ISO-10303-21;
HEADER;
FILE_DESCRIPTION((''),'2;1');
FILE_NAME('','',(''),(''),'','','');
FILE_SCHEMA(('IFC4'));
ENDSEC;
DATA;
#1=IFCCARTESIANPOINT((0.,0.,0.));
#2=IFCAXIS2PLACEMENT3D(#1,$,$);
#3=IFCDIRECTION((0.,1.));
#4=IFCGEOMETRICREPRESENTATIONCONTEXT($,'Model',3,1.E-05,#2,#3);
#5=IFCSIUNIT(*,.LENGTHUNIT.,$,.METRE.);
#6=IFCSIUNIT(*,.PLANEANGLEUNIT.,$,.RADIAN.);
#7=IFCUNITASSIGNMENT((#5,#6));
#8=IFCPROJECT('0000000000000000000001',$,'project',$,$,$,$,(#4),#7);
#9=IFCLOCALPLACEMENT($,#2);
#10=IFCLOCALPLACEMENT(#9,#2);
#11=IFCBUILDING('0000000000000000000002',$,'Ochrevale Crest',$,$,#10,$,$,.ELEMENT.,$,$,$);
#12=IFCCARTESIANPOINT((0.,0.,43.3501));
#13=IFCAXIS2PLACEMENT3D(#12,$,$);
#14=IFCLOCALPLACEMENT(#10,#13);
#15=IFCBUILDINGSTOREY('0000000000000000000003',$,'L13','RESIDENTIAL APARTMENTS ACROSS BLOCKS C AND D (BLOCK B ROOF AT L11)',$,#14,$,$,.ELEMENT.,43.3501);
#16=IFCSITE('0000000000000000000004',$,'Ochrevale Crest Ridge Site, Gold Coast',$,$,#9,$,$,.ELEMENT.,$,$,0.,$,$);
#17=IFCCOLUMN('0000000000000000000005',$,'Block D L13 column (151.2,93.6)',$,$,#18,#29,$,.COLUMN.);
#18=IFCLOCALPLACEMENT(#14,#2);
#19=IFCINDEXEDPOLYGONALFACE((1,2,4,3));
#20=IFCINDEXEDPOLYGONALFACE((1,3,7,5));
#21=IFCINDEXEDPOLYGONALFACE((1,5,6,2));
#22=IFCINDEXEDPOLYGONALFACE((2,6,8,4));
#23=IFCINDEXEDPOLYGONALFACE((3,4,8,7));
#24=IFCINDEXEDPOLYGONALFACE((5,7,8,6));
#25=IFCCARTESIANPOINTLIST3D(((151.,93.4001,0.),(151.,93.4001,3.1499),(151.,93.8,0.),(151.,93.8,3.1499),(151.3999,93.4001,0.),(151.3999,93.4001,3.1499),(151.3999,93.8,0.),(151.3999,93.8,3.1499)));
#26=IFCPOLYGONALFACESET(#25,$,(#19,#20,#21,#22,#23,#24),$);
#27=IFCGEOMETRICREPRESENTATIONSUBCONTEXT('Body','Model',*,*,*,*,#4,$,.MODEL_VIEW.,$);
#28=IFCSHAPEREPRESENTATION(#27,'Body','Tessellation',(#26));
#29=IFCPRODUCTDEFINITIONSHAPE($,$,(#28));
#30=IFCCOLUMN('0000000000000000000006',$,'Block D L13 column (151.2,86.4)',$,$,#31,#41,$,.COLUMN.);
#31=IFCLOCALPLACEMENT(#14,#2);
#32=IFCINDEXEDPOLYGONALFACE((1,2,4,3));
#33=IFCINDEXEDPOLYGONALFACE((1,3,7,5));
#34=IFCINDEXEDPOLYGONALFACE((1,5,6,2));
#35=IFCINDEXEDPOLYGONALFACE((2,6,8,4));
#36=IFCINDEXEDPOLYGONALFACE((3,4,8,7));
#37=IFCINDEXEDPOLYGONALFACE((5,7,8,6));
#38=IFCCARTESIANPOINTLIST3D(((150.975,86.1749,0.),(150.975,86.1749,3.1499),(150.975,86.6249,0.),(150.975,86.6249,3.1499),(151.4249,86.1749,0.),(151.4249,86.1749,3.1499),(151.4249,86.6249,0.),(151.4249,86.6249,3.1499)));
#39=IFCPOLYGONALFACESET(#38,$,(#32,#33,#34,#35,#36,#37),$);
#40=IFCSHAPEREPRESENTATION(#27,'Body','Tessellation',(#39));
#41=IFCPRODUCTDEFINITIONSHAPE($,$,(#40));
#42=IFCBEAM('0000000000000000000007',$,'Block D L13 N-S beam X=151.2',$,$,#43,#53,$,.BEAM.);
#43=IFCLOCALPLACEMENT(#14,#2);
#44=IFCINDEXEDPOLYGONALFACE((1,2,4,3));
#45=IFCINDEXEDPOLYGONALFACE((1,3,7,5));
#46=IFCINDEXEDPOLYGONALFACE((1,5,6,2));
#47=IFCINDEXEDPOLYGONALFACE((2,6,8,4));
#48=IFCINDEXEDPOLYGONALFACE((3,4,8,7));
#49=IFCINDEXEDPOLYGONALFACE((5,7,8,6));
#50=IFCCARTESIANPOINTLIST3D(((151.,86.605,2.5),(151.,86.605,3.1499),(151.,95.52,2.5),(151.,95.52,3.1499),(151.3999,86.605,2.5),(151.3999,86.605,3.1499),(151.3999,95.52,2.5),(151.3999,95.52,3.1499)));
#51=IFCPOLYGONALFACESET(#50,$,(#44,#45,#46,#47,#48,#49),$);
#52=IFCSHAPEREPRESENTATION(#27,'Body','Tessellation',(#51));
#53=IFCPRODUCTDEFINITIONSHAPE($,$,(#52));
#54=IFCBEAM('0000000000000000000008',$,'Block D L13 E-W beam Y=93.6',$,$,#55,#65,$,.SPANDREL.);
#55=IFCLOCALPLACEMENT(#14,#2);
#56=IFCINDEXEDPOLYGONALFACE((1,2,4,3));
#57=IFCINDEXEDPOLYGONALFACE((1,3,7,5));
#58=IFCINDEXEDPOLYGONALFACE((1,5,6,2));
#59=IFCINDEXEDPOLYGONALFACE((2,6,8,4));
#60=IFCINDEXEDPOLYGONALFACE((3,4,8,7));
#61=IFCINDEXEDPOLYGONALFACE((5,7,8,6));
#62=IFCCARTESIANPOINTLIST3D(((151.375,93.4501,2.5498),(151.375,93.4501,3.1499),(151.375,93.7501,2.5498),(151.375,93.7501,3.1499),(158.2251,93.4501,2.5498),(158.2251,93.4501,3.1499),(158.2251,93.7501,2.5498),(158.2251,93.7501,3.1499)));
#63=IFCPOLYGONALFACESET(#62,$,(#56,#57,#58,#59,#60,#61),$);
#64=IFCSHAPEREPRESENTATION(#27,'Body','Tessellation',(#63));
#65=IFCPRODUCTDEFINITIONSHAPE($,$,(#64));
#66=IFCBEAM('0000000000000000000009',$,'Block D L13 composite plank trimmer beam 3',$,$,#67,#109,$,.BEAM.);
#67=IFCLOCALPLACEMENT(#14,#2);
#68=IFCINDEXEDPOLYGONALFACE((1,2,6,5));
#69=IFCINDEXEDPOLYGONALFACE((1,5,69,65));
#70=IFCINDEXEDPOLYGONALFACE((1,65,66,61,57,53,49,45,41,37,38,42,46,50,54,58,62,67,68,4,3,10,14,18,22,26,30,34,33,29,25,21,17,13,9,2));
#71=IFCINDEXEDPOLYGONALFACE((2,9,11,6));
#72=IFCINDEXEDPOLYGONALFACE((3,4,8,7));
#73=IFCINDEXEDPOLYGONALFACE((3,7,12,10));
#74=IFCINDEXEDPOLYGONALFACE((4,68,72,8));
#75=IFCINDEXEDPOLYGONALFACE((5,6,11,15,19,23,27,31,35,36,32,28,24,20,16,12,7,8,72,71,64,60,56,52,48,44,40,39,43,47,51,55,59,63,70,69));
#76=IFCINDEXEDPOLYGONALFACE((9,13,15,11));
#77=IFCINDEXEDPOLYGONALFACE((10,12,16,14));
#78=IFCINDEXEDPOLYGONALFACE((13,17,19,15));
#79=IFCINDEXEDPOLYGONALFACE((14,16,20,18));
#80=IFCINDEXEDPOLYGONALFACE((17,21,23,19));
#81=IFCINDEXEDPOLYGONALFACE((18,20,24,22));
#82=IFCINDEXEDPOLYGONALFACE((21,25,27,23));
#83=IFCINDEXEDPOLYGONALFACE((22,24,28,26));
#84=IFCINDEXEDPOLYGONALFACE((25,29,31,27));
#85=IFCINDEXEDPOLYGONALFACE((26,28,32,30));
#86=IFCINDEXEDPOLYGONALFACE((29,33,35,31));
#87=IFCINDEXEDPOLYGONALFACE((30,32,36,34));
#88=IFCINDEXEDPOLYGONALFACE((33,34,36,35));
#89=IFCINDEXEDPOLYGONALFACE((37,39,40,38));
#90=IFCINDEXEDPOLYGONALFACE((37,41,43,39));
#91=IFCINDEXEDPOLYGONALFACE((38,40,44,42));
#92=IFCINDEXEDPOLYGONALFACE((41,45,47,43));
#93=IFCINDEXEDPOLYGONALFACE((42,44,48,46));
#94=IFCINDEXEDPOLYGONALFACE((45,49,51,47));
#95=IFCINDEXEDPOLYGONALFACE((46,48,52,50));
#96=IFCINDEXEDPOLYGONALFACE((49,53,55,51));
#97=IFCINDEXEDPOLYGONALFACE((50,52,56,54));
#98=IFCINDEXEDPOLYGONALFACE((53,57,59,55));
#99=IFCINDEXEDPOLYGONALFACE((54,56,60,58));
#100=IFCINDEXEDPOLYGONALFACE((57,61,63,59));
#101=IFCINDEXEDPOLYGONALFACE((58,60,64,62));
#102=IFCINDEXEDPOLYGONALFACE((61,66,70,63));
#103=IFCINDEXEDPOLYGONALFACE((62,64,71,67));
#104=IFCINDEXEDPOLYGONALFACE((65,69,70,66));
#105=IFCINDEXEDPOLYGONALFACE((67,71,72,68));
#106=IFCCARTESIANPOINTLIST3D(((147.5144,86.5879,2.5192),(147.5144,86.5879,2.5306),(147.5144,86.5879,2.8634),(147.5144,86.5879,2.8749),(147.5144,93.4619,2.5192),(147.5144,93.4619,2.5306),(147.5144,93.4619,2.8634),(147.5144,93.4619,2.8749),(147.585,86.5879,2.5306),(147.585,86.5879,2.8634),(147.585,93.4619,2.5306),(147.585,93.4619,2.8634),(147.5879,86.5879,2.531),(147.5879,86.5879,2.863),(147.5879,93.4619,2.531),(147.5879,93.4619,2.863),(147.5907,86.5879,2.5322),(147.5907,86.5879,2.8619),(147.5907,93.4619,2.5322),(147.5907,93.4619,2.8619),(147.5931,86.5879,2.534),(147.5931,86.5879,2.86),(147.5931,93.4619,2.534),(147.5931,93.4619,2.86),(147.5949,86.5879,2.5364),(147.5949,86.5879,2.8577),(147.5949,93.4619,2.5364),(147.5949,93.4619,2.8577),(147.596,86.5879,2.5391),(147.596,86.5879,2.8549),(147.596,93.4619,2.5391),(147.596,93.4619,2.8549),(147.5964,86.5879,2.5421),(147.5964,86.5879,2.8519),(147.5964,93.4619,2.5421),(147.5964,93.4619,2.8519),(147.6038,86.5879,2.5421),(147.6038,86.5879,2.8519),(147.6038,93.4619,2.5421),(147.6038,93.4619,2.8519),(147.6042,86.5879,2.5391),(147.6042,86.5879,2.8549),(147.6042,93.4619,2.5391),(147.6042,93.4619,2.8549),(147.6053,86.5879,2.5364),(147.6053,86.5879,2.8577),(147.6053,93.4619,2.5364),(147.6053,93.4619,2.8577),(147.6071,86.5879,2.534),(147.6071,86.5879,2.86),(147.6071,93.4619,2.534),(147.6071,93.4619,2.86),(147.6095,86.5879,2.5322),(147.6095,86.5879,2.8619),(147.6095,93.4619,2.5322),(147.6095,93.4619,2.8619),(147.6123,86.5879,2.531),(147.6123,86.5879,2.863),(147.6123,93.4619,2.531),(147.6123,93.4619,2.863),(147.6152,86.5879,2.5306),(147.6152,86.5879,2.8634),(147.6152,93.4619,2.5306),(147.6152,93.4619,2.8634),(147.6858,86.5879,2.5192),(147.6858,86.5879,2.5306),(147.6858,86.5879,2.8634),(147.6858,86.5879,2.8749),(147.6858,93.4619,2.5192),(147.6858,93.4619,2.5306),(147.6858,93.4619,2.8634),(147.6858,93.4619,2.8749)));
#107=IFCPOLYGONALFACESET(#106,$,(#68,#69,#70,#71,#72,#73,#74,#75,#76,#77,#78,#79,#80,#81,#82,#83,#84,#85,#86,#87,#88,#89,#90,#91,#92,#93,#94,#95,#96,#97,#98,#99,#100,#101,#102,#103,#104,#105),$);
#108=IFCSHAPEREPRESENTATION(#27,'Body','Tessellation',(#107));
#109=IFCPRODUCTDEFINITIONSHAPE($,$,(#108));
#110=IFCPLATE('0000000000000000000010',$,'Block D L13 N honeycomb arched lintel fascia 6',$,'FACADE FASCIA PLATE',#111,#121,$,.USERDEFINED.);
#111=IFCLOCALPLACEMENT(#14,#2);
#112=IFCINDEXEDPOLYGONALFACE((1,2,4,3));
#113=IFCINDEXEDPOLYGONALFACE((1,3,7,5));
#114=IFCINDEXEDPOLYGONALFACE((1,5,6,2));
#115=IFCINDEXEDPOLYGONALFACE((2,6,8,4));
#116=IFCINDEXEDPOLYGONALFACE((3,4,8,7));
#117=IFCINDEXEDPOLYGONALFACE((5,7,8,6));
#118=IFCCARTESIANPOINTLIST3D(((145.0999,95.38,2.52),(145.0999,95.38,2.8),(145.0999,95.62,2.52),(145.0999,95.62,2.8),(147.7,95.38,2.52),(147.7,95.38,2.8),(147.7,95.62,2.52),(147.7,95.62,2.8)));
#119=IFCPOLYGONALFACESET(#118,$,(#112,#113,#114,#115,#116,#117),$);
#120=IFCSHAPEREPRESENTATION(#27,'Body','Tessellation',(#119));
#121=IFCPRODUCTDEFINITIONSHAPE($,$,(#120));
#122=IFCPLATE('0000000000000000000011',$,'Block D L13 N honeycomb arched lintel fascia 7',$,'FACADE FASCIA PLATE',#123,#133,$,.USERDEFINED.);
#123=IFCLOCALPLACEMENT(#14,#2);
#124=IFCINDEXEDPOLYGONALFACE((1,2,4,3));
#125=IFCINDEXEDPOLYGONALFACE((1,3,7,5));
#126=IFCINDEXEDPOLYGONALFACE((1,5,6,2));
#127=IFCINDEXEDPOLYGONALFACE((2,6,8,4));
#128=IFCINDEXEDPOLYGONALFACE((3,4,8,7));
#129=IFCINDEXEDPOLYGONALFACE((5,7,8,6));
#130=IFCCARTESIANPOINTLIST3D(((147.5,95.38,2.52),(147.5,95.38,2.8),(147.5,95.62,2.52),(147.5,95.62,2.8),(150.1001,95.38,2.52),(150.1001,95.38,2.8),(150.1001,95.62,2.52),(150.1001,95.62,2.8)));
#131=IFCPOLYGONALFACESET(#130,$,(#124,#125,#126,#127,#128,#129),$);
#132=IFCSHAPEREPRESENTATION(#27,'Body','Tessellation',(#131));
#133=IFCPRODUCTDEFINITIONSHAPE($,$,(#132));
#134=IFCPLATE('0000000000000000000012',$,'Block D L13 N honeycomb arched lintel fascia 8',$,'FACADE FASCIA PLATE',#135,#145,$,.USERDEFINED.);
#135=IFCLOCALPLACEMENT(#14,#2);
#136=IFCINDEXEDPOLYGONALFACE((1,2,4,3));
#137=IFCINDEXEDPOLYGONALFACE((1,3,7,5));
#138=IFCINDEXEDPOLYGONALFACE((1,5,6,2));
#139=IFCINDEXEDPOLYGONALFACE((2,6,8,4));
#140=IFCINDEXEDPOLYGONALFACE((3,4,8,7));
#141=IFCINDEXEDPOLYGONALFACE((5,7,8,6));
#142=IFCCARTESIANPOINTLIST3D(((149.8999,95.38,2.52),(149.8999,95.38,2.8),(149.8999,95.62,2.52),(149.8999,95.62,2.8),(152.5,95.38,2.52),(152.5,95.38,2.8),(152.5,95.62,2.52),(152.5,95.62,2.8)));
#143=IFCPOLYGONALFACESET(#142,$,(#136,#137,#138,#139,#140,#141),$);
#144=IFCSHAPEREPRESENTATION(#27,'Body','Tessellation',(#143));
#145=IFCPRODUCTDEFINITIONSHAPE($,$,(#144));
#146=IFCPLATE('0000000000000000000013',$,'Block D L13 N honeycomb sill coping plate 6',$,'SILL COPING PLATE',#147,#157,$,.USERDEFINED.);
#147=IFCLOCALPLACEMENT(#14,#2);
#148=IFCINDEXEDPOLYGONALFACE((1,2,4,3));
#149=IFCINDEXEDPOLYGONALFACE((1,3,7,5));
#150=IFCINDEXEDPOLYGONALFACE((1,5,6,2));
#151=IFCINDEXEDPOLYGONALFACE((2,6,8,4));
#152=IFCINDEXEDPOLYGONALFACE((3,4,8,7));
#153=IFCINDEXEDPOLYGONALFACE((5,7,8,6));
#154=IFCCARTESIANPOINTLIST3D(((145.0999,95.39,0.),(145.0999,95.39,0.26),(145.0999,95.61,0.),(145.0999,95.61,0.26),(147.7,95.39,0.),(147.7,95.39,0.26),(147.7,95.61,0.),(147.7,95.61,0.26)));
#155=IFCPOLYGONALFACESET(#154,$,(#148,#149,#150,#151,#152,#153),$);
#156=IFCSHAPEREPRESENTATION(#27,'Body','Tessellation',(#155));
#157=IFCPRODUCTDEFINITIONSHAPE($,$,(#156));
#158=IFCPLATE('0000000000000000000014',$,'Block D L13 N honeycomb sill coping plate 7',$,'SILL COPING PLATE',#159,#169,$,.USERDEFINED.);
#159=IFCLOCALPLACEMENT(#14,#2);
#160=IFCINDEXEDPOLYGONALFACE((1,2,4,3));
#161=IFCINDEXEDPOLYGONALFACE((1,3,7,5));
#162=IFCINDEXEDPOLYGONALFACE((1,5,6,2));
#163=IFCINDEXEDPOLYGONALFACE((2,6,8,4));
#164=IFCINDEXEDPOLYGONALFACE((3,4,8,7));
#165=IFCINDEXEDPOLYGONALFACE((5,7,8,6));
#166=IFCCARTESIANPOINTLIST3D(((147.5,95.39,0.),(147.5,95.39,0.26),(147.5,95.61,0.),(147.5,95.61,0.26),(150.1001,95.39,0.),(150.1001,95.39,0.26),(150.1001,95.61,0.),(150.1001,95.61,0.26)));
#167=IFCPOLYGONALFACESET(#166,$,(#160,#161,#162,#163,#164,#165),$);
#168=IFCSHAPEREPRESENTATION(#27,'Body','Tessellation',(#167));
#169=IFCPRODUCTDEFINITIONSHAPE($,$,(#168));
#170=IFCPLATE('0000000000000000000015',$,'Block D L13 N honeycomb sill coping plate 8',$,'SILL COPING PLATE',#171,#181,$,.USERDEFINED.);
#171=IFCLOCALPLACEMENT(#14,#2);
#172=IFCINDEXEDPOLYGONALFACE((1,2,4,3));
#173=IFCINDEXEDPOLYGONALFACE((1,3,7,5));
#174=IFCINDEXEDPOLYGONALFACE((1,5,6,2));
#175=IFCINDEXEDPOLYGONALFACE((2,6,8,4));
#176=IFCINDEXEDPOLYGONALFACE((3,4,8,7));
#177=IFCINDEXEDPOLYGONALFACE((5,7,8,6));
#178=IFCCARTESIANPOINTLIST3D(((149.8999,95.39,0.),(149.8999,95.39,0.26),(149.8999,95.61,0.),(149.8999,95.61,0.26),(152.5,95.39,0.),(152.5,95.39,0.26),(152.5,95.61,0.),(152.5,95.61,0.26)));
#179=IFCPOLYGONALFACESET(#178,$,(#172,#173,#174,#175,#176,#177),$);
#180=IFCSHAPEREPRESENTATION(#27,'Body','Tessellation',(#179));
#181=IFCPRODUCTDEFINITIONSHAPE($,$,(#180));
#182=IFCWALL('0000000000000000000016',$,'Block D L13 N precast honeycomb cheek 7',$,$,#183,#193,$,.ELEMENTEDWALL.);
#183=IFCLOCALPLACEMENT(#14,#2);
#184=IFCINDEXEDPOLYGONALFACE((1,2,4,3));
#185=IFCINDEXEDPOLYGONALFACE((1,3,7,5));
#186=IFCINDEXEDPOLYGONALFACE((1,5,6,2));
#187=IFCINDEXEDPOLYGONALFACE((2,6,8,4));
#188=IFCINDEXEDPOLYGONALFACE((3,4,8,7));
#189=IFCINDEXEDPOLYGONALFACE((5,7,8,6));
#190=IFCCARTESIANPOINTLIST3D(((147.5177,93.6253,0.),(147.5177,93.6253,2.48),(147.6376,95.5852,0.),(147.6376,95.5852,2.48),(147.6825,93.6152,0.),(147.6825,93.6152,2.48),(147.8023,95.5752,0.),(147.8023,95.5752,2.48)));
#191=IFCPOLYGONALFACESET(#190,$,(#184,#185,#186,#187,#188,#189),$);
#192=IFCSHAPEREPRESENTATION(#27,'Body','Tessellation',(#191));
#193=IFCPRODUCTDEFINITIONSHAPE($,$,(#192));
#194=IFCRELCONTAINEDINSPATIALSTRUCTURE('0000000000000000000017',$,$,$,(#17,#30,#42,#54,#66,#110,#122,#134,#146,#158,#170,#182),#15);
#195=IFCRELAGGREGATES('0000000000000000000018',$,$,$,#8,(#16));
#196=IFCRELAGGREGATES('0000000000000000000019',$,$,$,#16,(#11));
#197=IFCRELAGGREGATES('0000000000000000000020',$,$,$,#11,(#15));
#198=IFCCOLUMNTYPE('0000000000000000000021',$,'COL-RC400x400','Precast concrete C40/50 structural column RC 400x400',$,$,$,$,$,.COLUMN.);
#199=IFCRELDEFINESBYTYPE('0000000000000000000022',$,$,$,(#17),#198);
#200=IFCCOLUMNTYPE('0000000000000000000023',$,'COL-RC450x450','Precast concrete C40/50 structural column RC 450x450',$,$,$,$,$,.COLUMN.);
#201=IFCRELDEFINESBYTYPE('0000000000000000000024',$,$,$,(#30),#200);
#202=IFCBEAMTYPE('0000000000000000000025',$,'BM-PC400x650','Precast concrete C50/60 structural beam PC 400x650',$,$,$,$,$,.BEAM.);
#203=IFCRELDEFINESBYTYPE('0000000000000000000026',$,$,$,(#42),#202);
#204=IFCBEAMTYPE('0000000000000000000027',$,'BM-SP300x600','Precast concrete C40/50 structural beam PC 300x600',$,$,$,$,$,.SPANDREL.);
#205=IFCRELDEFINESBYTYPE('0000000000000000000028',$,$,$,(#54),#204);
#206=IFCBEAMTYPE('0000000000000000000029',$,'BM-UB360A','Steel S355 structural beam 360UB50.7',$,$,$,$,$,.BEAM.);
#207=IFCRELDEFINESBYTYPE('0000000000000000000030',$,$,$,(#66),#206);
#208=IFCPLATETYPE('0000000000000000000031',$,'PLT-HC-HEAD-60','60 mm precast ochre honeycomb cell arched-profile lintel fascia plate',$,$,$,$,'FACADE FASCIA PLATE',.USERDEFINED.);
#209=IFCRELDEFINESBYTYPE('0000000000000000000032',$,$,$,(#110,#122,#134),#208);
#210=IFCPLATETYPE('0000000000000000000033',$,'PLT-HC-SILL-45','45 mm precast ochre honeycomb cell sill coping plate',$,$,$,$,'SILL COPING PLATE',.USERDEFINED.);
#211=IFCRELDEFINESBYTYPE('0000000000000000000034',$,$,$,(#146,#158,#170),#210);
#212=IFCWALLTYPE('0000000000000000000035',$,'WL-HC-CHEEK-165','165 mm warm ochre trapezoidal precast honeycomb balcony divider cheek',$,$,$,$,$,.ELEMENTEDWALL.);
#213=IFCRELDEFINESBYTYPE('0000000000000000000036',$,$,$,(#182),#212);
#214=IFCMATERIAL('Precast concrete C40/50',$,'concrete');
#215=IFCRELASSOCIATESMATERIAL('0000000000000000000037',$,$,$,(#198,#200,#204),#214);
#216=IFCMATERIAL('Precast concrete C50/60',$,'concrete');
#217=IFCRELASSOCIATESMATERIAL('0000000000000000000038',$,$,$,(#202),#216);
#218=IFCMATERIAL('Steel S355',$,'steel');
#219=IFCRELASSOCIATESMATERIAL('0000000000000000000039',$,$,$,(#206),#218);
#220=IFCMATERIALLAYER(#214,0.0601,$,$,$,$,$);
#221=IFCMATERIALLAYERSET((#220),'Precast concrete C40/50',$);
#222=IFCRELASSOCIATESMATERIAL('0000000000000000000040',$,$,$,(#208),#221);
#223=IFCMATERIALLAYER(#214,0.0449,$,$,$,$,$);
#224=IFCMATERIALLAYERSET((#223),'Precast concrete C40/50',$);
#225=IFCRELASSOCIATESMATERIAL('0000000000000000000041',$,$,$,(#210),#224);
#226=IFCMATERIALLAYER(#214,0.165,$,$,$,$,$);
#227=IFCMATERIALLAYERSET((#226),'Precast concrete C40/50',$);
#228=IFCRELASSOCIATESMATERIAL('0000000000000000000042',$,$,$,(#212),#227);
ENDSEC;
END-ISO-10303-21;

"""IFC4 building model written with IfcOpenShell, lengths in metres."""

from ifc_helpers import new_model, si_unit, direction, frame, frame_2d, origin, origin_2d, place, context, subcontext, project, spatial, rectangle, i_section, extrude, material, layer, layer_set, material_profile, profile_set, type_object, element, save


model = new_model("IFC4")

# Units and contexts
model_context = context("Model", 3, precision=1e-05, world=origin(), true_north=direction((0.0, 1.0)))
body_context = subcontext(model_context, "Body", "Model", "MODEL_VIEW")
ifc_project = project(units=[si_unit("LENGTHUNIT", "METRE"), si_unit("PLANEANGLEUNIT", "RADIAN")], contexts=[model_context])

# Site, building, storey
site_placement = place(None, origin())
site = spatial("IfcSite", under=ifc_project, at=site_placement, Name="Ochrevale Crest Ridge Site, Gold Coast", CompositionType="ELEMENT", RefElevation=0.0)
building_placement = place(site_placement, origin())
building = spatial("IfcBuilding", under=site, at=building_placement, Name="Ochrevale Crest", CompositionType="ELEMENT")
storey_placement = place(building_placement, frame((0.0, 0.0, 43.3501)))
storey = spatial("IfcBuildingStorey", under=building, at=storey_placement, Name="L13", Description="RESIDENTIAL APARTMENTS ACROSS BLOCKS C AND D (BLOCK B ROOF AT L11)", CompositionType="ELEMENT", Elevation=43.3501)

# Columns
ifc_material_1 = material(Name="Precast concrete C40/50", Category="concrete")
ifc_material_profile_1 = material_profile(ifc_material_1, rectangle(XDim=0.3999, YDim=0.3999, at=origin_2d()), Name="RC 400x400")
ifc_profile_set_1 = profile_set([ifc_material_profile_1], Name="Precast concrete C40/50")
column_type_1 = type_object("IfcColumnType", Name="COL-RC400x400", Description="Precast concrete C40/50 structural column RC 400x400", PredefinedType="COLUMN", material=ifc_profile_set_1)
column_1_placement = place(storey_placement, frame((151.2, 93.6001, 0.0), z_axis=(0.0, 0.0, 1.0), x_axis=(1.0, 0.0, 0.0)))
element("IfcColumn", 1, at=column_1_placement, inside=storey, type_object=column_type_1, Name="Block D L13 column (151.2,93.6)", PredefinedType="COLUMN", context=body_context, shape_type="SweptSolid", body=[
    extrude(rectangle(XDim=0.3999, YDim=0.3999, at=origin_2d()), origin(), (0.0, 0.0, 1.0), 3.1499),
])
ifc_material_profile_2 = material_profile(ifc_material_1, rectangle(XDim=0.45, YDim=0.45, at=origin_2d()), Name="RC 450x450")
ifc_profile_set_2 = profile_set([ifc_material_profile_2], Name="Precast concrete C40/50")
column_type_2 = type_object("IfcColumnType", Name="COL-RC450x450", Description="Precast concrete C40/50 structural column RC 450x450", PredefinedType="COLUMN", material=ifc_profile_set_2)
column_2_placement = place(storey_placement, frame((151.2, 86.3999, 0.0), z_axis=(0.0, 0.0, 1.0), x_axis=(1.0, 0.0, 0.0)))
element("IfcColumn", 2, at=column_2_placement, inside=storey, type_object=column_type_2, Name="Block D L13 column (151.2,86.4)", PredefinedType="COLUMN", context=body_context, shape_type="SweptSolid", body=[
    extrude(rectangle(XDim=0.45, YDim=0.45, at=origin_2d()), origin(), (0.0, 0.0, 1.0), 3.1499),
])

# Beams
ifc_material_2 = material(Name="Precast concrete C50/60", Category="concrete")
ifc_material_profile_3 = material_profile(ifc_material_2, rectangle(XDim=0.3999, YDim=0.6499, at=origin_2d()), Name="PC 400x650")
ifc_profile_set_3 = profile_set([ifc_material_profile_3], Name="Precast concrete C50/60")
beam_type_1 = type_object("IfcBeamType", Name="BM-PC400x650", Description="Precast concrete C50/60 structural beam PC 400x650", PredefinedType="BEAM", material=ifc_profile_set_3)
beam_1_placement = place(storey_placement, frame((151.2, 86.605, 2.825), z_axis=(0.0, 1.0, 0.0), x_axis=(-1.0, 0.0, 0.0)))
element("IfcBeam", 3, at=beam_1_placement, inside=storey, type_object=beam_type_1, Name="Block D L13 N-S beam X=151.2", PredefinedType="BEAM", context=body_context, shape_type="SweptSolid", body=[
    extrude(rectangle(XDim=0.3999, YDim=0.6499, at=origin_2d()), origin(), (0.0, 0.0, 1.0), 8.915),
])
ifc_material_profile_4 = material_profile(ifc_material_1, rectangle(XDim=0.3, YDim=0.6001, at=origin_2d()), Name="PC 300x600")
ifc_profile_set_4 = profile_set([ifc_material_profile_4], Name="Precast concrete C40/50")
beam_type_2 = type_object("IfcBeamType", Name="BM-SP300x600", Description="Precast concrete C40/50 structural beam PC 300x600", PredefinedType="SPANDREL", material=ifc_profile_set_4)
beam_2_placement = place(storey_placement, frame((151.375, 93.6001, 2.8499), z_axis=(1.0, 0.0, 0.0), x_axis=(0.0, 1.0, 0.0)))
element("IfcBeam", 4, at=beam_2_placement, inside=storey, type_object=beam_type_2, Name="Block D L13 E-W beam Y=93.6", PredefinedType="SPANDREL", context=body_context, shape_type="SweptSolid", body=[
    extrude(rectangle(XDim=0.3, YDim=0.6001, at=origin_2d()), origin(), (0.0, 0.0, 1.0), 6.8501),
])
ifc_material_3 = material(Name="Steel S355", Category="steel")
ifc_material_profile_5 = material_profile(ifc_material_3, i_section(OverallWidth=0.1714, OverallDepth=0.3557, WebThickness=0.0073, FlangeThickness=0.0115, FilletRadius=0.0115, at=origin_2d()), Name="360UB50.7")
ifc_profile_set_5 = profile_set([ifc_material_profile_5], Name="Steel S355")
beam_type_3 = type_object("IfcBeamType", Name="BM-UB360A", Description="Steel S355 structural beam 360UB50.7", PredefinedType="BEAM", material=ifc_profile_set_5)
beam_3_placement = place(storey_placement, frame((147.6001, 86.5879, 2.697), z_axis=(0.0, 1.0, 0.0), x_axis=(-1.0, 0.0, 0.0)))
element("IfcBeam", 5, at=beam_3_placement, inside=storey, type_object=beam_type_3, Name="Block D L13 composite plank trimmer beam 3", PredefinedType="BEAM", context=body_context, shape_type="SweptSolid", body=[
    extrude(i_section(OverallWidth=0.1714, OverallDepth=0.3557, WebThickness=0.0073, FlangeThickness=0.0115, FilletRadius=0.0115, at=origin_2d()), origin(), (0.0, 0.0, 1.0), 6.874),
])

# Plates
ifc_layer_1 = layer(ifc_material_1, 0.0601)
ifc_layer_set_1 = layer_set([ifc_layer_1], Name="Precast concrete C40/50")
plate_type_1 = type_object("IfcPlateType", Name="PLT-HC-HEAD-60", Description="60 mm precast ochre honeycomb cell arched-profile lintel fascia plate", ElementType="FACADE FASCIA PLATE", PredefinedType="USERDEFINED", material=ifc_layer_set_1)
for number, where, z_axis, x_axis, name in (
    (6, (146.3999, 95.5, 2.52), (0.0, 0.0, 1.0), (1.0, 0.0, 0.0), "Block D L13 N honeycomb arched lintel fascia 6"),
    (7, (148.8, 95.5, 2.52), (0.0, 0.0, 1.0), (1.0, 0.0, 0.0), "Block D L13 N honeycomb arched lintel fascia 7"),
    (8, (151.2, 95.5, 2.52), (0.0, 0.0, 1.0), (1.0, 0.0, 0.0), "Block D L13 N honeycomb arched lintel fascia 8"),
):
    element("IfcPlate", number, at=place(storey_placement, frame(where, z_axis=z_axis, x_axis=x_axis)), inside=storey, type_object=plate_type_1, Name=name, ObjectType="FACADE FASCIA PLATE", PredefinedType="USERDEFINED", context=body_context, shape_type="SweptSolid", body=[
        extrude(rectangle(XDim=2.6001, YDim=0.24, at=origin_2d()), origin(), (0.0, 0.0, 1.0), 0.28),
    ])
ifc_layer_2 = layer(ifc_material_1, 0.0449)
ifc_layer_set_2 = layer_set([ifc_layer_2], Name="Precast concrete C40/50")
plate_type_2 = type_object("IfcPlateType", Name="PLT-HC-SILL-45", Description="45 mm precast ochre honeycomb cell sill coping plate", ElementType="SILL COPING PLATE", PredefinedType="USERDEFINED", material=ifc_layer_set_2)
for number, where, z_axis, x_axis, name in (
    (9, (146.3999, 95.5, 0.0), (0.0, 0.0, 1.0), (1.0, 0.0, 0.0), "Block D L13 N honeycomb sill coping plate 6"),
    (10, (148.8, 95.5, 0.0), (0.0, 0.0, 1.0), (1.0, 0.0, 0.0), "Block D L13 N honeycomb sill coping plate 7"),
    (11, (151.2, 95.5, 0.0), (0.0, 0.0, 1.0), (1.0, 0.0, 0.0), "Block D L13 N honeycomb sill coping plate 8"),
):
    element("IfcPlate", number, at=place(storey_placement, frame(where, z_axis=z_axis, x_axis=x_axis)), inside=storey, type_object=plate_type_2, Name=name, ObjectType="SILL COPING PLATE", PredefinedType="USERDEFINED", context=body_context, shape_type="SweptSolid", body=[
        extrude(rectangle(XDim=2.6001, YDim=0.22, at=origin_2d()), origin(), (0.0, 0.0, 1.0), 0.26),
    ])

# Wall
ifc_layer_3 = layer(ifc_material_1, 0.165)
ifc_layer_set_3 = layer_set([ifc_layer_3], Name="Precast concrete C40/50")
wall_type_1 = type_object("IfcWallType", Name="WL-HC-CHEEK-165", Description="165 mm warm ochre trapezoidal precast honeycomb balcony divider cheek", PredefinedType="ELEMENTEDWALL", material=ifc_layer_set_3)
for number, where, z_axis, x_axis, name in (
    (12, (147.6001, 93.6201, 0.0), (0.0, 0.0, 1.0), (0.061047, 0.998135, 0.0), "Block D L13 N precast honeycomb cheek 7"),
):
    element("IfcWall", number, at=place(storey_placement, frame(where, z_axis=z_axis, x_axis=x_axis)), inside=storey, type_object=wall_type_1, Name=name, PredefinedType="ELEMENTEDWALL", context=body_context, shape_type="SweptSolid", body=[
        extrude(rectangle(XDim=1.9636, YDim=0.165, at=frame_2d((0.9819, 0.0))), origin(), (0.0, 0.0, 1.0), 2.48),
    ])

save(model, "model.ifc")
